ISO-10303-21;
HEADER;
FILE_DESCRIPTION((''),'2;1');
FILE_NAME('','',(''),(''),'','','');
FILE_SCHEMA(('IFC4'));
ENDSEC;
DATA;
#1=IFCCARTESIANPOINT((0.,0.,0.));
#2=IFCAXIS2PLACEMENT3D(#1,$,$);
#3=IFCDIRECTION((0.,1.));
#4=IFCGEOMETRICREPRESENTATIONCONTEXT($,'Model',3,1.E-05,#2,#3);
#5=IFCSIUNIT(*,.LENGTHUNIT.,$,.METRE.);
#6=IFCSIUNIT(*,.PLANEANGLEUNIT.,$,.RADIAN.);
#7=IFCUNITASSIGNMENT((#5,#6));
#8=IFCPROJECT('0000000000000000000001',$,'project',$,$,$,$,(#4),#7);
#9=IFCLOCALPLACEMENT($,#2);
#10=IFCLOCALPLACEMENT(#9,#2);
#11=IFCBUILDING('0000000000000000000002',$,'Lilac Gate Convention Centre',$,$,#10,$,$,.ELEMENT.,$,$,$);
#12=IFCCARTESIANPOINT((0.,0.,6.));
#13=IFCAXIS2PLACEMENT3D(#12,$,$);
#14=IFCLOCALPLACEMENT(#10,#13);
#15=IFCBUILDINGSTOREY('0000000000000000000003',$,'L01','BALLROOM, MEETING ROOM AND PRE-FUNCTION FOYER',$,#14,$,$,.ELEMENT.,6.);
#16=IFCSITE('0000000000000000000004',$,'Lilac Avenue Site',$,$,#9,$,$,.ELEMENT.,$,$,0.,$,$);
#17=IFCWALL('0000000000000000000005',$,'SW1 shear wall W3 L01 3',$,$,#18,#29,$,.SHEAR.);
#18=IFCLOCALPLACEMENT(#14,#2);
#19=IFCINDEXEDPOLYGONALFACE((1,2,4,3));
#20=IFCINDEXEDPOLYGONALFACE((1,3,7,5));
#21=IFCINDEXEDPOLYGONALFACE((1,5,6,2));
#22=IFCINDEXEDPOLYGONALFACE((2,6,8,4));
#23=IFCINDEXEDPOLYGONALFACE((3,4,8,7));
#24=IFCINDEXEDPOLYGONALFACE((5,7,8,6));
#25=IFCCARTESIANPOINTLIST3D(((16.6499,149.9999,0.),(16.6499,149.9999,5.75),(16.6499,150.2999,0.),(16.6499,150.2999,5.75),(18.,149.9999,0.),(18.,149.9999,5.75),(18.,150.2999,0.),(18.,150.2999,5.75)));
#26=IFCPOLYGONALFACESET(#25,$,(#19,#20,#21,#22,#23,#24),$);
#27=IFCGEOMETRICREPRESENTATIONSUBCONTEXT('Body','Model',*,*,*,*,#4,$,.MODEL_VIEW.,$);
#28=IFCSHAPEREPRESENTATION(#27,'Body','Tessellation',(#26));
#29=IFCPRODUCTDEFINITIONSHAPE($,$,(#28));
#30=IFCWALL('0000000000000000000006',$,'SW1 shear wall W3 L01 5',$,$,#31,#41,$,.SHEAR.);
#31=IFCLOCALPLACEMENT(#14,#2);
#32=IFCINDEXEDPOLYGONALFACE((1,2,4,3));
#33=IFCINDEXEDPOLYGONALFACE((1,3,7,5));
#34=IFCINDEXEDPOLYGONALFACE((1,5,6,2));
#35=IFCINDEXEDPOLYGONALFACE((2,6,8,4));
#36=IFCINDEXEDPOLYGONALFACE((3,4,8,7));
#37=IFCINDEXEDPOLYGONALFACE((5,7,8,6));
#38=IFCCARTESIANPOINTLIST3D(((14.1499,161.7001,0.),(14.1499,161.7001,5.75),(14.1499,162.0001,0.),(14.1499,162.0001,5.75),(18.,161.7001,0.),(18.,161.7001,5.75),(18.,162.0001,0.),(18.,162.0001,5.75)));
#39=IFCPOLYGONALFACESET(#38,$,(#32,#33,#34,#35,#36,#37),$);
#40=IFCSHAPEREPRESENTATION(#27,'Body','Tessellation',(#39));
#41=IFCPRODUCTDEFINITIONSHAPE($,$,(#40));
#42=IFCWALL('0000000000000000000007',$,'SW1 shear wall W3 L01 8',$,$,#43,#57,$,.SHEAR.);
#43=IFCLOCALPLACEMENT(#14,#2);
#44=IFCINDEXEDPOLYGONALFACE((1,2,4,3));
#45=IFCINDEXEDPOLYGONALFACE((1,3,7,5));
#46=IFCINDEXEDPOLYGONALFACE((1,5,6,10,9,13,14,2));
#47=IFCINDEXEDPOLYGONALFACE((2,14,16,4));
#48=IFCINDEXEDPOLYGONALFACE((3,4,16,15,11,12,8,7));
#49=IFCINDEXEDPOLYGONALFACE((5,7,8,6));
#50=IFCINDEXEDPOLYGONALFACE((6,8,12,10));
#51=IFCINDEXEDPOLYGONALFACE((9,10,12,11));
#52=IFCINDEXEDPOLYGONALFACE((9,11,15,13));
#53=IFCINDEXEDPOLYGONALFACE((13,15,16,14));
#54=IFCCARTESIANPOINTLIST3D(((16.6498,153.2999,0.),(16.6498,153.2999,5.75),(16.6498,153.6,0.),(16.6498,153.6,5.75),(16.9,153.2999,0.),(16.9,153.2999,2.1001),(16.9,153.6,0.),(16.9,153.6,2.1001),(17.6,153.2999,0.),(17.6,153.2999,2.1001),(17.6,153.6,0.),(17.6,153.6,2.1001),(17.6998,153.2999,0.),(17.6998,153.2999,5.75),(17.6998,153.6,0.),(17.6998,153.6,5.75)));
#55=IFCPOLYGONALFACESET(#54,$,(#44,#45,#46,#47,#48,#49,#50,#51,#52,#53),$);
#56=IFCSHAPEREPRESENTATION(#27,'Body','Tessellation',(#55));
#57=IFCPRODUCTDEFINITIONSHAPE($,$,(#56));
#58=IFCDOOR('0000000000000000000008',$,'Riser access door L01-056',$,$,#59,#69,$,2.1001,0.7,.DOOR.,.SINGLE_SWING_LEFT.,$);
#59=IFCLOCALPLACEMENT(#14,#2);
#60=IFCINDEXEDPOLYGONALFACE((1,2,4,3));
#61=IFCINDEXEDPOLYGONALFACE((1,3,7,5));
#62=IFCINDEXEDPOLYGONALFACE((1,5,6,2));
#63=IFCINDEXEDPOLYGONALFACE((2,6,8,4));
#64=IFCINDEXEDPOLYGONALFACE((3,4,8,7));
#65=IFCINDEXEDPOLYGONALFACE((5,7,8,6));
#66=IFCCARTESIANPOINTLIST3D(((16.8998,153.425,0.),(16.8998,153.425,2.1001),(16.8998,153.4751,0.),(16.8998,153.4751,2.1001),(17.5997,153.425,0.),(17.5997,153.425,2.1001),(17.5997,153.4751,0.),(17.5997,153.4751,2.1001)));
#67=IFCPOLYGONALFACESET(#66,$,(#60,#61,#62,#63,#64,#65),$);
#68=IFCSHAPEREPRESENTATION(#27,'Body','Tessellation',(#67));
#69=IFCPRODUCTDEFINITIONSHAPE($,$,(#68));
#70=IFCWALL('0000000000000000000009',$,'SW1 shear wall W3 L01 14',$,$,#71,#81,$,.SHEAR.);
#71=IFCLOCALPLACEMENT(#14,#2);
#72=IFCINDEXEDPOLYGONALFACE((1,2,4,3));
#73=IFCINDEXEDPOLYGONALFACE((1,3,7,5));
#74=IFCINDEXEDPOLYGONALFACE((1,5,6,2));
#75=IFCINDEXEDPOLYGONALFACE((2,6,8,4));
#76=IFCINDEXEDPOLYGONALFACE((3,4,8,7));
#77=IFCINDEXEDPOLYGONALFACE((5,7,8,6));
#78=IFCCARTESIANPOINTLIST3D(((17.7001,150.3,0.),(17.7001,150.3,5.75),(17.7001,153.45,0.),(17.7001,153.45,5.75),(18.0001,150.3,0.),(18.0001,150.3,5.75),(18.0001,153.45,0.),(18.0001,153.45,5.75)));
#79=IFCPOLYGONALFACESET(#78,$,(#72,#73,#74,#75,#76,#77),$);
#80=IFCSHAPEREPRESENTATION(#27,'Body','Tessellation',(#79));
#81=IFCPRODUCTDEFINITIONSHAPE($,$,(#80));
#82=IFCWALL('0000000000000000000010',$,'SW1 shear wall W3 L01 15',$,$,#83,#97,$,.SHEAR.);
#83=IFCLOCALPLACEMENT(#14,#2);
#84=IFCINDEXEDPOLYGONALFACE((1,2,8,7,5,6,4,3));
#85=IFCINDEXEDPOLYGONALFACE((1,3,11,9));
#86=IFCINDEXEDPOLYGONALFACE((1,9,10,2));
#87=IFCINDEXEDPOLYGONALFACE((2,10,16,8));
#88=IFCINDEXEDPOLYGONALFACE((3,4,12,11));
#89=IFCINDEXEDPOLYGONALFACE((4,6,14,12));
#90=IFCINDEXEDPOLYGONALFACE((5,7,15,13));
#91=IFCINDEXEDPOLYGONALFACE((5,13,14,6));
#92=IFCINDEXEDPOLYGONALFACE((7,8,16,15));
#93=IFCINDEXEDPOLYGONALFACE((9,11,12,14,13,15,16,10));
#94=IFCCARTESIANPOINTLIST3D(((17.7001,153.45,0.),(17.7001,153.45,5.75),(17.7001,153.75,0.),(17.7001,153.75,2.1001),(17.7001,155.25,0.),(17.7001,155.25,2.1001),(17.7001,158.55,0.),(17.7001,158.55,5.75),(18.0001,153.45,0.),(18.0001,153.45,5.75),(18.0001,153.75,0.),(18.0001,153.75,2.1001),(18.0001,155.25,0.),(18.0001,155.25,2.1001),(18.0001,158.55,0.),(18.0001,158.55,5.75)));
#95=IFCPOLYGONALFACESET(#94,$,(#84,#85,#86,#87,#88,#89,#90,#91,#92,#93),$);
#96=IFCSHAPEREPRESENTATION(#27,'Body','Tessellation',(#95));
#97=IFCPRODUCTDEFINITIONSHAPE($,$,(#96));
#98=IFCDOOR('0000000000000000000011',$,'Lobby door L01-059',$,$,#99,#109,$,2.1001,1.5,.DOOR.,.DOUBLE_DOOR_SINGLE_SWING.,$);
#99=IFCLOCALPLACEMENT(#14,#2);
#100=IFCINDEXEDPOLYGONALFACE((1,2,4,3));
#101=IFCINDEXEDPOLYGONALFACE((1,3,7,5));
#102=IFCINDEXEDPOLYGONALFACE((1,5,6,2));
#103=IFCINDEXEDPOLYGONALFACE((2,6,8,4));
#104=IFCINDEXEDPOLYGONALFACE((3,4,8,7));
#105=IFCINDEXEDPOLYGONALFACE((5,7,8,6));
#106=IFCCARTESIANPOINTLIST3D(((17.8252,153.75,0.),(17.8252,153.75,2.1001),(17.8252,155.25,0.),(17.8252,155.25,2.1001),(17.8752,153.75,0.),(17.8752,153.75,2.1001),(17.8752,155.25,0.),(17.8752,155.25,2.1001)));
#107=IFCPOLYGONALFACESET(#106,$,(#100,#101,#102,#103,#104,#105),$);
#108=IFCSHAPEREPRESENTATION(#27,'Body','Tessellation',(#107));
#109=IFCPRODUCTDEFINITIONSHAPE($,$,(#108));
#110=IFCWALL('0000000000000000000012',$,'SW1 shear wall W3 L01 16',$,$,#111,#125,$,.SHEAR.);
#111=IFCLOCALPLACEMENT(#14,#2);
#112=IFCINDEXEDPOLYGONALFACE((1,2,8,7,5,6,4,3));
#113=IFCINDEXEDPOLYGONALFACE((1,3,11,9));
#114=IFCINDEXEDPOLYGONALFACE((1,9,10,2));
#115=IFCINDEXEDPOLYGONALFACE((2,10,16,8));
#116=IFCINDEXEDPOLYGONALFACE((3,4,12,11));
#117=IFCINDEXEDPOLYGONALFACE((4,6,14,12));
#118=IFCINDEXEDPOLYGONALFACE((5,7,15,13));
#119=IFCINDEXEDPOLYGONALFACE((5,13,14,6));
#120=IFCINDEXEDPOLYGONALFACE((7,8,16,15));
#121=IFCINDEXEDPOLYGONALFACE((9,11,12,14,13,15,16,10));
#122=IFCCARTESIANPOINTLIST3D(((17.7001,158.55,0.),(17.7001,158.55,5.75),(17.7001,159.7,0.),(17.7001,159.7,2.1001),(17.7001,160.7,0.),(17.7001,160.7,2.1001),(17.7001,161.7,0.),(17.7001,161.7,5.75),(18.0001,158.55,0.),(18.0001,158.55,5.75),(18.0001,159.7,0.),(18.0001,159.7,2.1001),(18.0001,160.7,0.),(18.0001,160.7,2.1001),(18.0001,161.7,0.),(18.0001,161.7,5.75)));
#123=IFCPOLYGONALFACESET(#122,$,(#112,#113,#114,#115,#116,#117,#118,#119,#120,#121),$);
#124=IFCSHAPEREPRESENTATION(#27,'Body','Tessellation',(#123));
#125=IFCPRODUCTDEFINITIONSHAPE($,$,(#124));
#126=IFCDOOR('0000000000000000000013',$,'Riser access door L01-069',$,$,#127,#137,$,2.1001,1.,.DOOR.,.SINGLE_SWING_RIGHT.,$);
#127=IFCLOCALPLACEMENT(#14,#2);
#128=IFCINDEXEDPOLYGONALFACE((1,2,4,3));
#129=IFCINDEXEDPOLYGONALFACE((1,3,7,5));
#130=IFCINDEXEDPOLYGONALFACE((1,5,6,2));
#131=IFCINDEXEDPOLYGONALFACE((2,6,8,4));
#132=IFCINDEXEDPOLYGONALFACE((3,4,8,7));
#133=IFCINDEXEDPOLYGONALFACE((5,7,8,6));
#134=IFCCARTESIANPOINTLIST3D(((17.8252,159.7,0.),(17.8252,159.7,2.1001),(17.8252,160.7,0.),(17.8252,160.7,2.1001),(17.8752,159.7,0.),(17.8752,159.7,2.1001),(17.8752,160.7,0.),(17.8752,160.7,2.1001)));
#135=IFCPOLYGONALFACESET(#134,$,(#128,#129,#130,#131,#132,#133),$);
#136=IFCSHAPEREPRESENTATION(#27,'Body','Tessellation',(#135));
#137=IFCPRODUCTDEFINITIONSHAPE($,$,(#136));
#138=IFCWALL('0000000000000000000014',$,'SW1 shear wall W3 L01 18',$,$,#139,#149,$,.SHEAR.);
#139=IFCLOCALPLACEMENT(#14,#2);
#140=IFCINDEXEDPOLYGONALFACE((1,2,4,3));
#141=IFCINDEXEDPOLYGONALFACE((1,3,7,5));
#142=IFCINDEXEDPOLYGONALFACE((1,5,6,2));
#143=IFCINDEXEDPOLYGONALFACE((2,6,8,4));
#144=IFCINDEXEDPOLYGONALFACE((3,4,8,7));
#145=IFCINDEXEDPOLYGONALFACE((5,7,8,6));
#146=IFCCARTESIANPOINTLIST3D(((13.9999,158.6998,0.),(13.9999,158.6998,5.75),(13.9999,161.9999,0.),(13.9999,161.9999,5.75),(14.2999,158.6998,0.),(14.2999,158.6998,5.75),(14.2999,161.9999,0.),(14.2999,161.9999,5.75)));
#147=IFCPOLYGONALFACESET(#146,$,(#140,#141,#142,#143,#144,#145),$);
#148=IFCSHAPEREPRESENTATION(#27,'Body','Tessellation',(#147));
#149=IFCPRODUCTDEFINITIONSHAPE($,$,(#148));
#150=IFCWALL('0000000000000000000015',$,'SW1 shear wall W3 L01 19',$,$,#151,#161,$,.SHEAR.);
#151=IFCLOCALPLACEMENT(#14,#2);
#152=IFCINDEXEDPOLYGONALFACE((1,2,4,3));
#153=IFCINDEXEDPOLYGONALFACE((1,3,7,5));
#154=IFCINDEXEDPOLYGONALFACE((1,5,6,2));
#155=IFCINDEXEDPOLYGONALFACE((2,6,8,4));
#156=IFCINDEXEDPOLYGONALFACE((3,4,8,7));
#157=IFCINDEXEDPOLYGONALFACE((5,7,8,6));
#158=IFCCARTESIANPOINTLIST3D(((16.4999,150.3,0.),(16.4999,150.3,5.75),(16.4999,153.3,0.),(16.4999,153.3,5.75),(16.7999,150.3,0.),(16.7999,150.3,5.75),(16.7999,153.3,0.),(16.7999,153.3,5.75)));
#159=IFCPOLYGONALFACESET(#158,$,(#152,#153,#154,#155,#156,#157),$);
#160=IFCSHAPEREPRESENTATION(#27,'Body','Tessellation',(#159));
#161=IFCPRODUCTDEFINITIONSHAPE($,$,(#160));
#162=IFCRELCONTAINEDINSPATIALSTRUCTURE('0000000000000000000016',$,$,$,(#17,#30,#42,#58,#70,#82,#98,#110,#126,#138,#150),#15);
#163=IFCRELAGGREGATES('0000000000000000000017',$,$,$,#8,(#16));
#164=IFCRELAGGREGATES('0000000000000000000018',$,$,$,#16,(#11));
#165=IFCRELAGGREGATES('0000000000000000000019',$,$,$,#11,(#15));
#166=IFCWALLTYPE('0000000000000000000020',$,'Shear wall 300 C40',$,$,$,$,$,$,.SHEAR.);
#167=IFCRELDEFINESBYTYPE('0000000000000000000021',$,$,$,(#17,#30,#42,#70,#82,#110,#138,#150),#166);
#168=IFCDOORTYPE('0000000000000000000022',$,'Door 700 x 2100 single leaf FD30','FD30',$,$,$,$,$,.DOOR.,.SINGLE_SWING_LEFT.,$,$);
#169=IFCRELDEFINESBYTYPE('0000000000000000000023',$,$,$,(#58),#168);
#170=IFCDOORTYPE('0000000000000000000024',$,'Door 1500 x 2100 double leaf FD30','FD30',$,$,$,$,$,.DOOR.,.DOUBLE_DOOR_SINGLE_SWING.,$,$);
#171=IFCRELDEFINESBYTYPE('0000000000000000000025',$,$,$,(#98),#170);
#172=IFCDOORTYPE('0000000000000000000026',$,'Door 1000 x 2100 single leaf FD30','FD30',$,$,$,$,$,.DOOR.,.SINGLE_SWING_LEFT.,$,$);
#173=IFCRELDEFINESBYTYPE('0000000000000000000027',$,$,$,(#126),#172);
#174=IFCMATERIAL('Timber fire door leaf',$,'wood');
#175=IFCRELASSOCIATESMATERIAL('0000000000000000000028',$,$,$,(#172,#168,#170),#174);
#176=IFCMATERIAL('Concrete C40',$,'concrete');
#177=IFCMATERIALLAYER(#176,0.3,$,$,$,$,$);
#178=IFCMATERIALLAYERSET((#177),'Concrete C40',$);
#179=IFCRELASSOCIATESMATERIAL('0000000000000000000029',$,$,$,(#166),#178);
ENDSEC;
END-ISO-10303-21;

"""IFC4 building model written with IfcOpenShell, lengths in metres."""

from ifc_helpers import new_model, si_unit, direction, frame, frame_2d, origin, place, context, subcontext, project, spatial, rectangle, extrude, material, layer, layer_set, type_object, element, fill, save


model = new_model("IFC4")

# Units and contexts
model_context = context("Model", 3, precision=1e-05, world=origin(), true_north=direction((0.0, 1.0)))
body_context = subcontext(model_context, "Body", "Model", "MODEL_VIEW")
ifc_project = project(units=[si_unit("LENGTHUNIT", "METRE"), si_unit("PLANEANGLEUNIT", "RADIAN")], contexts=[model_context])

# Site, building, storey
site_placement = place(None, origin())
site = spatial("IfcSite", under=ifc_project, at=site_placement, Name="Lilac Avenue Site", CompositionType="ELEMENT", RefElevation=0.0)
building_placement = place(site_placement, origin())
building = spatial("IfcBuilding", under=site, at=building_placement, Name="Lilac Gate Convention Centre", CompositionType="ELEMENT")
storey_placement = place(building_placement, frame((0.0, 0.0, 6.0)))
storey = spatial("IfcBuildingStorey", under=building, at=storey_placement, Name="L01", Description="BALLROOM, MEETING ROOM AND PRE-FUNCTION FOYER", CompositionType="ELEMENT", Elevation=6.0)

# Shared definitions
ifc_material_1 = material(Name="Concrete C40", Category="concrete")

# Shared definitions
ifc_material_2 = material(Name="Timber fire door leaf", Category="wood")
door_type_1 = type_object("IfcDoorType", Name="Door 1000 x 2100 single leaf FD30", Description="FD30", OperationType="SINGLE_SWING_LEFT", PredefinedType="DOOR", material=ifc_material_2)

# Walls
ifc_layer_1 = layer(ifc_material_1, 0.3)
ifc_layer_set_1 = layer_set([ifc_layer_1], Name="Concrete C40")
wall_type_1 = type_object("IfcWallType", Name="Shear wall 300 C40", PredefinedType="SHEAR", material=ifc_layer_set_1)
wall_1_placement = place(storey_placement, frame((16.6499, 150.1499, 0.0), z_axis=(0.0, 0.0, 1.0), x_axis=(1.0, 0.0, 0.0)))
element("IfcWall", 1, at=wall_1_placement, inside=storey, type_object=wall_type_1, Name="SW1 shear wall W3 L01 3", PredefinedType="SHEAR", context=body_context, shape_type="SweptSolid", body=[
    extrude(rectangle(XDim=1.3501, YDim=0.3, at=frame_2d((0.675, 0.0))), origin(), (0.0, 0.0, 1.0), 5.75),
])
wall_2_placement = place(storey_placement, frame((14.1499, 161.8501, 0.0), z_axis=(0.0, 0.0, 1.0), x_axis=(1.0, 0.0, 0.0)))
element("IfcWall", 2, at=wall_2_placement, inside=storey, type_object=wall_type_1, Name="SW1 shear wall W3 L01 5", PredefinedType="SHEAR", context=body_context, shape_type="SweptSolid", body=[
    extrude(rectangle(XDim=3.8501, YDim=0.3, at=frame_2d((1.925, 0.0))), origin(), (0.0, 0.0, 1.0), 5.75),
])

# Wall, opening, door
wall_3_placement = place(storey_placement, frame((16.6499, 153.45, 0.0), z_axis=(0.0, 0.0, 1.0), x_axis=(1.0, 0.0, 0.0)))
wall_3 = element("IfcWall", 3, at=wall_3_placement, inside=storey, type_object=wall_type_1, Name="SW1 shear wall W3 L01 8", PredefinedType="SHEAR", context=body_context, shape_type="SweptSolid", body=[
    extrude(rectangle(XDim=1.05, YDim=0.3, at=frame_2d((0.5249, 0.0))), origin(), (0.0, 0.0, 1.0), 5.75),
])
opening_1_placement = place(wall_3_placement, frame((0.25, 0.0, 0.0)))
opening_1 = element("IfcOpeningElement", 4, at=opening_1_placement, cuts=wall_3, PredefinedType="OPENING", context=body_context, shape_type="SweptSolid", body=[
    extrude(rectangle(XDim=0.7, YDim=2.1001, at=frame_2d((0.3501, 1.05))), frame((0.0, 0.1599, 0.0), z_axis=(0.0, -1.0, 0.0), x_axis=(1.0, 0.0, 0.0)), (0.0, 0.0, 1.0), 0.3201),
])
door_type_2 = type_object("IfcDoorType", Name="Door 700 x 2100 single leaf FD30", Description="FD30", OperationType="SINGLE_SWING_LEFT", PredefinedType="DOOR", material=ifc_material_2)
door_1_placement = place(opening_1_placement, frame((0.7, 0.0, 0.0), z_axis=(0.0, 0.0, 1.0), x_axis=(-1.0, 0.0, 0.0)))
door_1 = element("IfcDoor", 5, at=door_1_placement, inside=storey, type_object=door_type_2, Name="Riser access door L01-056", OperationType="SINGLE_SWING_LEFT", OverallHeight=2.1001, OverallWidth=0.7, PredefinedType="DOOR", context=body_context, shape_type="SweptSolid", body=[
    extrude(rectangle(XDim=0.7, YDim=2.1001, at=frame_2d((0.3501, 1.05))), frame((0.0, 0.0249, 0.0), z_axis=(0.0, -1.0, 0.0), x_axis=(1.0, 0.0, 0.0)), (0.0, 0.0, 1.0), 0.05),
])
fill(opening_1, door_1)

# Wall
wall_4_placement = place(storey_placement, frame((17.8501, 150.3, 0.0), z_axis=(0.0, 0.0, 1.0), x_axis=(0.0, 1.0, 0.0)))
element("IfcWall", 6, at=wall_4_placement, inside=storey, type_object=wall_type_1, Name="SW1 shear wall W3 L01 14", PredefinedType="SHEAR", context=body_context, shape_type="SweptSolid", body=[
    extrude(rectangle(XDim=3.1499, YDim=0.3, at=frame_2d((1.575, 0.0))), origin(), (0.0, 0.0, 1.0), 5.75),
])

# Walls, openings, doors
wall_5_placement = place(storey_placement, frame((17.8501, 153.45, 0.0), z_axis=(0.0, 0.0, 1.0), x_axis=(0.0, 1.0, 0.0)))
wall_5 = element("IfcWall", 7, at=wall_5_placement, inside=storey, type_object=wall_type_1, Name="SW1 shear wall W3 L01 15", PredefinedType="SHEAR", context=body_context, shape_type="SweptSolid", body=[
    extrude(rectangle(XDim=5.1001, YDim=0.3, at=frame_2d((2.55, 0.0))), origin(), (0.0, 0.0, 1.0), 5.75),
])
opening_2_placement = place(wall_5_placement, frame((0.3, 0.0, 0.0)))
opening_2 = element("IfcOpeningElement", 8, at=opening_2_placement, cuts=wall_5, PredefinedType="OPENING", context=body_context, shape_type="SweptSolid", body=[
    extrude(rectangle(XDim=1.5, YDim=2.1001, at=frame_2d((0.75, 1.05))), frame((0.0, 0.1599, 0.0), z_axis=(0.0, -1.0, 0.0), x_axis=(1.0, 0.0, 0.0)), (0.0, 0.0, 1.0), 0.3201),
])
door_type_3 = type_object("IfcDoorType", Name="Door 1500 x 2100 double leaf FD30", Description="FD30", OperationType="DOUBLE_DOOR_SINGLE_SWING", PredefinedType="DOOR", material=ifc_material_2)
door_2_placement = place(opening_2_placement, origin())
door_2 = element("IfcDoor", 9, at=door_2_placement, inside=storey, type_object=door_type_3, Name="Lobby door L01-059", OperationType="DOUBLE_DOOR_SINGLE_SWING", OverallHeight=2.1001, OverallWidth=1.5, PredefinedType="DOOR", context=body_context, shape_type="SweptSolid", body=[
    extrude(rectangle(XDim=1.5, YDim=2.1001, at=frame_2d((0.75, 1.05))), frame((0.0, 0.0249, 0.0), z_axis=(0.0, -1.0, 0.0), x_axis=(1.0, 0.0, 0.0)), (0.0, 0.0, 1.0), 0.05),
])
fill(opening_2, door_2)
wall_6_placement = place(storey_placement, frame((17.8501, 158.55, 0.0), z_axis=(0.0, 0.0, 1.0), x_axis=(0.0, 1.0, 0.0)))
wall_6 = element("IfcWall", 10, at=wall_6_placement, inside=storey, type_object=wall_type_1, Name="SW1 shear wall W3 L01 16", PredefinedType="SHEAR", context=body_context, shape_type="SweptSolid", body=[
    extrude(rectangle(XDim=3.1499, YDim=0.3, at=frame_2d((1.575, 0.0))), origin(), (0.0, 0.0, 1.0), 5.75),
])
opening_3_placement = place(wall_6_placement, frame((1.1499, 0.0, 0.0)))
opening_3 = element("IfcOpeningElement", 11, at=opening_3_placement, cuts=wall_6, PredefinedType="OPENING", context=body_context, shape_type="SweptSolid", body=[
    extrude(rectangle(XDim=1.0, YDim=2.1001, at=frame_2d((0.5, 1.05))), frame((0.0, 0.1599, 0.0), z_axis=(0.0, -1.0, 0.0), x_axis=(1.0, 0.0, 0.0)), (0.0, 0.0, 1.0), 0.3201),
])
door_3_placement = place(opening_3_placement, origin())
door_3 = element("IfcDoor", 12, at=door_3_placement, inside=storey, type_object=door_type_1, Name="Riser access door L01-069", OperationType="SINGLE_SWING_RIGHT", OverallHeight=2.1001, OverallWidth=1.0, PredefinedType="DOOR", context=body_context, shape_type="SweptSolid", body=[
    extrude(rectangle(XDim=1.0, YDim=2.1001, at=frame_2d((0.5, 1.05))), frame((0.0, 0.0249, 0.0), z_axis=(0.0, -1.0, 0.0), x_axis=(1.0, 0.0, 0.0)), (0.0, 0.0, 1.0), 0.05),
])
fill(opening_3, door_3)

# Walls
wall_7_placement = place(storey_placement, frame((14.1499, 158.7, 0.0), z_axis=(0.0, 0.0, 1.0), x_axis=(0.0, 1.0, 0.0)))
element("IfcWall", 13, at=wall_7_placement, inside=storey, type_object=wall_type_1, Name="SW1 shear wall W3 L01 18", PredefinedType="SHEAR", context=body_context, shape_type="SweptSolid", body=[
    extrude(rectangle(XDim=3.3, YDim=0.3, at=frame_2d((1.6499, 0.0))), origin(), (0.0, 0.0, 1.0), 5.75),
])
wall_8_placement = place(storey_placement, frame((16.6499, 150.3, 0.0), z_axis=(0.0, 0.0, 1.0), x_axis=(0.0, 1.0, 0.0)))
element("IfcWall", 14, at=wall_8_placement, inside=storey, type_object=wall_type_1, Name="SW1 shear wall W3 L01 19", PredefinedType="SHEAR", context=body_context, shape_type="SweptSolid", body=[
    extrude(rectangle(XDim=3.0, YDim=0.3, at=frame_2d((1.5, 0.0))), origin(), (0.0, 0.0, 1.0), 5.75),
])

save(model, "model.ifc")
